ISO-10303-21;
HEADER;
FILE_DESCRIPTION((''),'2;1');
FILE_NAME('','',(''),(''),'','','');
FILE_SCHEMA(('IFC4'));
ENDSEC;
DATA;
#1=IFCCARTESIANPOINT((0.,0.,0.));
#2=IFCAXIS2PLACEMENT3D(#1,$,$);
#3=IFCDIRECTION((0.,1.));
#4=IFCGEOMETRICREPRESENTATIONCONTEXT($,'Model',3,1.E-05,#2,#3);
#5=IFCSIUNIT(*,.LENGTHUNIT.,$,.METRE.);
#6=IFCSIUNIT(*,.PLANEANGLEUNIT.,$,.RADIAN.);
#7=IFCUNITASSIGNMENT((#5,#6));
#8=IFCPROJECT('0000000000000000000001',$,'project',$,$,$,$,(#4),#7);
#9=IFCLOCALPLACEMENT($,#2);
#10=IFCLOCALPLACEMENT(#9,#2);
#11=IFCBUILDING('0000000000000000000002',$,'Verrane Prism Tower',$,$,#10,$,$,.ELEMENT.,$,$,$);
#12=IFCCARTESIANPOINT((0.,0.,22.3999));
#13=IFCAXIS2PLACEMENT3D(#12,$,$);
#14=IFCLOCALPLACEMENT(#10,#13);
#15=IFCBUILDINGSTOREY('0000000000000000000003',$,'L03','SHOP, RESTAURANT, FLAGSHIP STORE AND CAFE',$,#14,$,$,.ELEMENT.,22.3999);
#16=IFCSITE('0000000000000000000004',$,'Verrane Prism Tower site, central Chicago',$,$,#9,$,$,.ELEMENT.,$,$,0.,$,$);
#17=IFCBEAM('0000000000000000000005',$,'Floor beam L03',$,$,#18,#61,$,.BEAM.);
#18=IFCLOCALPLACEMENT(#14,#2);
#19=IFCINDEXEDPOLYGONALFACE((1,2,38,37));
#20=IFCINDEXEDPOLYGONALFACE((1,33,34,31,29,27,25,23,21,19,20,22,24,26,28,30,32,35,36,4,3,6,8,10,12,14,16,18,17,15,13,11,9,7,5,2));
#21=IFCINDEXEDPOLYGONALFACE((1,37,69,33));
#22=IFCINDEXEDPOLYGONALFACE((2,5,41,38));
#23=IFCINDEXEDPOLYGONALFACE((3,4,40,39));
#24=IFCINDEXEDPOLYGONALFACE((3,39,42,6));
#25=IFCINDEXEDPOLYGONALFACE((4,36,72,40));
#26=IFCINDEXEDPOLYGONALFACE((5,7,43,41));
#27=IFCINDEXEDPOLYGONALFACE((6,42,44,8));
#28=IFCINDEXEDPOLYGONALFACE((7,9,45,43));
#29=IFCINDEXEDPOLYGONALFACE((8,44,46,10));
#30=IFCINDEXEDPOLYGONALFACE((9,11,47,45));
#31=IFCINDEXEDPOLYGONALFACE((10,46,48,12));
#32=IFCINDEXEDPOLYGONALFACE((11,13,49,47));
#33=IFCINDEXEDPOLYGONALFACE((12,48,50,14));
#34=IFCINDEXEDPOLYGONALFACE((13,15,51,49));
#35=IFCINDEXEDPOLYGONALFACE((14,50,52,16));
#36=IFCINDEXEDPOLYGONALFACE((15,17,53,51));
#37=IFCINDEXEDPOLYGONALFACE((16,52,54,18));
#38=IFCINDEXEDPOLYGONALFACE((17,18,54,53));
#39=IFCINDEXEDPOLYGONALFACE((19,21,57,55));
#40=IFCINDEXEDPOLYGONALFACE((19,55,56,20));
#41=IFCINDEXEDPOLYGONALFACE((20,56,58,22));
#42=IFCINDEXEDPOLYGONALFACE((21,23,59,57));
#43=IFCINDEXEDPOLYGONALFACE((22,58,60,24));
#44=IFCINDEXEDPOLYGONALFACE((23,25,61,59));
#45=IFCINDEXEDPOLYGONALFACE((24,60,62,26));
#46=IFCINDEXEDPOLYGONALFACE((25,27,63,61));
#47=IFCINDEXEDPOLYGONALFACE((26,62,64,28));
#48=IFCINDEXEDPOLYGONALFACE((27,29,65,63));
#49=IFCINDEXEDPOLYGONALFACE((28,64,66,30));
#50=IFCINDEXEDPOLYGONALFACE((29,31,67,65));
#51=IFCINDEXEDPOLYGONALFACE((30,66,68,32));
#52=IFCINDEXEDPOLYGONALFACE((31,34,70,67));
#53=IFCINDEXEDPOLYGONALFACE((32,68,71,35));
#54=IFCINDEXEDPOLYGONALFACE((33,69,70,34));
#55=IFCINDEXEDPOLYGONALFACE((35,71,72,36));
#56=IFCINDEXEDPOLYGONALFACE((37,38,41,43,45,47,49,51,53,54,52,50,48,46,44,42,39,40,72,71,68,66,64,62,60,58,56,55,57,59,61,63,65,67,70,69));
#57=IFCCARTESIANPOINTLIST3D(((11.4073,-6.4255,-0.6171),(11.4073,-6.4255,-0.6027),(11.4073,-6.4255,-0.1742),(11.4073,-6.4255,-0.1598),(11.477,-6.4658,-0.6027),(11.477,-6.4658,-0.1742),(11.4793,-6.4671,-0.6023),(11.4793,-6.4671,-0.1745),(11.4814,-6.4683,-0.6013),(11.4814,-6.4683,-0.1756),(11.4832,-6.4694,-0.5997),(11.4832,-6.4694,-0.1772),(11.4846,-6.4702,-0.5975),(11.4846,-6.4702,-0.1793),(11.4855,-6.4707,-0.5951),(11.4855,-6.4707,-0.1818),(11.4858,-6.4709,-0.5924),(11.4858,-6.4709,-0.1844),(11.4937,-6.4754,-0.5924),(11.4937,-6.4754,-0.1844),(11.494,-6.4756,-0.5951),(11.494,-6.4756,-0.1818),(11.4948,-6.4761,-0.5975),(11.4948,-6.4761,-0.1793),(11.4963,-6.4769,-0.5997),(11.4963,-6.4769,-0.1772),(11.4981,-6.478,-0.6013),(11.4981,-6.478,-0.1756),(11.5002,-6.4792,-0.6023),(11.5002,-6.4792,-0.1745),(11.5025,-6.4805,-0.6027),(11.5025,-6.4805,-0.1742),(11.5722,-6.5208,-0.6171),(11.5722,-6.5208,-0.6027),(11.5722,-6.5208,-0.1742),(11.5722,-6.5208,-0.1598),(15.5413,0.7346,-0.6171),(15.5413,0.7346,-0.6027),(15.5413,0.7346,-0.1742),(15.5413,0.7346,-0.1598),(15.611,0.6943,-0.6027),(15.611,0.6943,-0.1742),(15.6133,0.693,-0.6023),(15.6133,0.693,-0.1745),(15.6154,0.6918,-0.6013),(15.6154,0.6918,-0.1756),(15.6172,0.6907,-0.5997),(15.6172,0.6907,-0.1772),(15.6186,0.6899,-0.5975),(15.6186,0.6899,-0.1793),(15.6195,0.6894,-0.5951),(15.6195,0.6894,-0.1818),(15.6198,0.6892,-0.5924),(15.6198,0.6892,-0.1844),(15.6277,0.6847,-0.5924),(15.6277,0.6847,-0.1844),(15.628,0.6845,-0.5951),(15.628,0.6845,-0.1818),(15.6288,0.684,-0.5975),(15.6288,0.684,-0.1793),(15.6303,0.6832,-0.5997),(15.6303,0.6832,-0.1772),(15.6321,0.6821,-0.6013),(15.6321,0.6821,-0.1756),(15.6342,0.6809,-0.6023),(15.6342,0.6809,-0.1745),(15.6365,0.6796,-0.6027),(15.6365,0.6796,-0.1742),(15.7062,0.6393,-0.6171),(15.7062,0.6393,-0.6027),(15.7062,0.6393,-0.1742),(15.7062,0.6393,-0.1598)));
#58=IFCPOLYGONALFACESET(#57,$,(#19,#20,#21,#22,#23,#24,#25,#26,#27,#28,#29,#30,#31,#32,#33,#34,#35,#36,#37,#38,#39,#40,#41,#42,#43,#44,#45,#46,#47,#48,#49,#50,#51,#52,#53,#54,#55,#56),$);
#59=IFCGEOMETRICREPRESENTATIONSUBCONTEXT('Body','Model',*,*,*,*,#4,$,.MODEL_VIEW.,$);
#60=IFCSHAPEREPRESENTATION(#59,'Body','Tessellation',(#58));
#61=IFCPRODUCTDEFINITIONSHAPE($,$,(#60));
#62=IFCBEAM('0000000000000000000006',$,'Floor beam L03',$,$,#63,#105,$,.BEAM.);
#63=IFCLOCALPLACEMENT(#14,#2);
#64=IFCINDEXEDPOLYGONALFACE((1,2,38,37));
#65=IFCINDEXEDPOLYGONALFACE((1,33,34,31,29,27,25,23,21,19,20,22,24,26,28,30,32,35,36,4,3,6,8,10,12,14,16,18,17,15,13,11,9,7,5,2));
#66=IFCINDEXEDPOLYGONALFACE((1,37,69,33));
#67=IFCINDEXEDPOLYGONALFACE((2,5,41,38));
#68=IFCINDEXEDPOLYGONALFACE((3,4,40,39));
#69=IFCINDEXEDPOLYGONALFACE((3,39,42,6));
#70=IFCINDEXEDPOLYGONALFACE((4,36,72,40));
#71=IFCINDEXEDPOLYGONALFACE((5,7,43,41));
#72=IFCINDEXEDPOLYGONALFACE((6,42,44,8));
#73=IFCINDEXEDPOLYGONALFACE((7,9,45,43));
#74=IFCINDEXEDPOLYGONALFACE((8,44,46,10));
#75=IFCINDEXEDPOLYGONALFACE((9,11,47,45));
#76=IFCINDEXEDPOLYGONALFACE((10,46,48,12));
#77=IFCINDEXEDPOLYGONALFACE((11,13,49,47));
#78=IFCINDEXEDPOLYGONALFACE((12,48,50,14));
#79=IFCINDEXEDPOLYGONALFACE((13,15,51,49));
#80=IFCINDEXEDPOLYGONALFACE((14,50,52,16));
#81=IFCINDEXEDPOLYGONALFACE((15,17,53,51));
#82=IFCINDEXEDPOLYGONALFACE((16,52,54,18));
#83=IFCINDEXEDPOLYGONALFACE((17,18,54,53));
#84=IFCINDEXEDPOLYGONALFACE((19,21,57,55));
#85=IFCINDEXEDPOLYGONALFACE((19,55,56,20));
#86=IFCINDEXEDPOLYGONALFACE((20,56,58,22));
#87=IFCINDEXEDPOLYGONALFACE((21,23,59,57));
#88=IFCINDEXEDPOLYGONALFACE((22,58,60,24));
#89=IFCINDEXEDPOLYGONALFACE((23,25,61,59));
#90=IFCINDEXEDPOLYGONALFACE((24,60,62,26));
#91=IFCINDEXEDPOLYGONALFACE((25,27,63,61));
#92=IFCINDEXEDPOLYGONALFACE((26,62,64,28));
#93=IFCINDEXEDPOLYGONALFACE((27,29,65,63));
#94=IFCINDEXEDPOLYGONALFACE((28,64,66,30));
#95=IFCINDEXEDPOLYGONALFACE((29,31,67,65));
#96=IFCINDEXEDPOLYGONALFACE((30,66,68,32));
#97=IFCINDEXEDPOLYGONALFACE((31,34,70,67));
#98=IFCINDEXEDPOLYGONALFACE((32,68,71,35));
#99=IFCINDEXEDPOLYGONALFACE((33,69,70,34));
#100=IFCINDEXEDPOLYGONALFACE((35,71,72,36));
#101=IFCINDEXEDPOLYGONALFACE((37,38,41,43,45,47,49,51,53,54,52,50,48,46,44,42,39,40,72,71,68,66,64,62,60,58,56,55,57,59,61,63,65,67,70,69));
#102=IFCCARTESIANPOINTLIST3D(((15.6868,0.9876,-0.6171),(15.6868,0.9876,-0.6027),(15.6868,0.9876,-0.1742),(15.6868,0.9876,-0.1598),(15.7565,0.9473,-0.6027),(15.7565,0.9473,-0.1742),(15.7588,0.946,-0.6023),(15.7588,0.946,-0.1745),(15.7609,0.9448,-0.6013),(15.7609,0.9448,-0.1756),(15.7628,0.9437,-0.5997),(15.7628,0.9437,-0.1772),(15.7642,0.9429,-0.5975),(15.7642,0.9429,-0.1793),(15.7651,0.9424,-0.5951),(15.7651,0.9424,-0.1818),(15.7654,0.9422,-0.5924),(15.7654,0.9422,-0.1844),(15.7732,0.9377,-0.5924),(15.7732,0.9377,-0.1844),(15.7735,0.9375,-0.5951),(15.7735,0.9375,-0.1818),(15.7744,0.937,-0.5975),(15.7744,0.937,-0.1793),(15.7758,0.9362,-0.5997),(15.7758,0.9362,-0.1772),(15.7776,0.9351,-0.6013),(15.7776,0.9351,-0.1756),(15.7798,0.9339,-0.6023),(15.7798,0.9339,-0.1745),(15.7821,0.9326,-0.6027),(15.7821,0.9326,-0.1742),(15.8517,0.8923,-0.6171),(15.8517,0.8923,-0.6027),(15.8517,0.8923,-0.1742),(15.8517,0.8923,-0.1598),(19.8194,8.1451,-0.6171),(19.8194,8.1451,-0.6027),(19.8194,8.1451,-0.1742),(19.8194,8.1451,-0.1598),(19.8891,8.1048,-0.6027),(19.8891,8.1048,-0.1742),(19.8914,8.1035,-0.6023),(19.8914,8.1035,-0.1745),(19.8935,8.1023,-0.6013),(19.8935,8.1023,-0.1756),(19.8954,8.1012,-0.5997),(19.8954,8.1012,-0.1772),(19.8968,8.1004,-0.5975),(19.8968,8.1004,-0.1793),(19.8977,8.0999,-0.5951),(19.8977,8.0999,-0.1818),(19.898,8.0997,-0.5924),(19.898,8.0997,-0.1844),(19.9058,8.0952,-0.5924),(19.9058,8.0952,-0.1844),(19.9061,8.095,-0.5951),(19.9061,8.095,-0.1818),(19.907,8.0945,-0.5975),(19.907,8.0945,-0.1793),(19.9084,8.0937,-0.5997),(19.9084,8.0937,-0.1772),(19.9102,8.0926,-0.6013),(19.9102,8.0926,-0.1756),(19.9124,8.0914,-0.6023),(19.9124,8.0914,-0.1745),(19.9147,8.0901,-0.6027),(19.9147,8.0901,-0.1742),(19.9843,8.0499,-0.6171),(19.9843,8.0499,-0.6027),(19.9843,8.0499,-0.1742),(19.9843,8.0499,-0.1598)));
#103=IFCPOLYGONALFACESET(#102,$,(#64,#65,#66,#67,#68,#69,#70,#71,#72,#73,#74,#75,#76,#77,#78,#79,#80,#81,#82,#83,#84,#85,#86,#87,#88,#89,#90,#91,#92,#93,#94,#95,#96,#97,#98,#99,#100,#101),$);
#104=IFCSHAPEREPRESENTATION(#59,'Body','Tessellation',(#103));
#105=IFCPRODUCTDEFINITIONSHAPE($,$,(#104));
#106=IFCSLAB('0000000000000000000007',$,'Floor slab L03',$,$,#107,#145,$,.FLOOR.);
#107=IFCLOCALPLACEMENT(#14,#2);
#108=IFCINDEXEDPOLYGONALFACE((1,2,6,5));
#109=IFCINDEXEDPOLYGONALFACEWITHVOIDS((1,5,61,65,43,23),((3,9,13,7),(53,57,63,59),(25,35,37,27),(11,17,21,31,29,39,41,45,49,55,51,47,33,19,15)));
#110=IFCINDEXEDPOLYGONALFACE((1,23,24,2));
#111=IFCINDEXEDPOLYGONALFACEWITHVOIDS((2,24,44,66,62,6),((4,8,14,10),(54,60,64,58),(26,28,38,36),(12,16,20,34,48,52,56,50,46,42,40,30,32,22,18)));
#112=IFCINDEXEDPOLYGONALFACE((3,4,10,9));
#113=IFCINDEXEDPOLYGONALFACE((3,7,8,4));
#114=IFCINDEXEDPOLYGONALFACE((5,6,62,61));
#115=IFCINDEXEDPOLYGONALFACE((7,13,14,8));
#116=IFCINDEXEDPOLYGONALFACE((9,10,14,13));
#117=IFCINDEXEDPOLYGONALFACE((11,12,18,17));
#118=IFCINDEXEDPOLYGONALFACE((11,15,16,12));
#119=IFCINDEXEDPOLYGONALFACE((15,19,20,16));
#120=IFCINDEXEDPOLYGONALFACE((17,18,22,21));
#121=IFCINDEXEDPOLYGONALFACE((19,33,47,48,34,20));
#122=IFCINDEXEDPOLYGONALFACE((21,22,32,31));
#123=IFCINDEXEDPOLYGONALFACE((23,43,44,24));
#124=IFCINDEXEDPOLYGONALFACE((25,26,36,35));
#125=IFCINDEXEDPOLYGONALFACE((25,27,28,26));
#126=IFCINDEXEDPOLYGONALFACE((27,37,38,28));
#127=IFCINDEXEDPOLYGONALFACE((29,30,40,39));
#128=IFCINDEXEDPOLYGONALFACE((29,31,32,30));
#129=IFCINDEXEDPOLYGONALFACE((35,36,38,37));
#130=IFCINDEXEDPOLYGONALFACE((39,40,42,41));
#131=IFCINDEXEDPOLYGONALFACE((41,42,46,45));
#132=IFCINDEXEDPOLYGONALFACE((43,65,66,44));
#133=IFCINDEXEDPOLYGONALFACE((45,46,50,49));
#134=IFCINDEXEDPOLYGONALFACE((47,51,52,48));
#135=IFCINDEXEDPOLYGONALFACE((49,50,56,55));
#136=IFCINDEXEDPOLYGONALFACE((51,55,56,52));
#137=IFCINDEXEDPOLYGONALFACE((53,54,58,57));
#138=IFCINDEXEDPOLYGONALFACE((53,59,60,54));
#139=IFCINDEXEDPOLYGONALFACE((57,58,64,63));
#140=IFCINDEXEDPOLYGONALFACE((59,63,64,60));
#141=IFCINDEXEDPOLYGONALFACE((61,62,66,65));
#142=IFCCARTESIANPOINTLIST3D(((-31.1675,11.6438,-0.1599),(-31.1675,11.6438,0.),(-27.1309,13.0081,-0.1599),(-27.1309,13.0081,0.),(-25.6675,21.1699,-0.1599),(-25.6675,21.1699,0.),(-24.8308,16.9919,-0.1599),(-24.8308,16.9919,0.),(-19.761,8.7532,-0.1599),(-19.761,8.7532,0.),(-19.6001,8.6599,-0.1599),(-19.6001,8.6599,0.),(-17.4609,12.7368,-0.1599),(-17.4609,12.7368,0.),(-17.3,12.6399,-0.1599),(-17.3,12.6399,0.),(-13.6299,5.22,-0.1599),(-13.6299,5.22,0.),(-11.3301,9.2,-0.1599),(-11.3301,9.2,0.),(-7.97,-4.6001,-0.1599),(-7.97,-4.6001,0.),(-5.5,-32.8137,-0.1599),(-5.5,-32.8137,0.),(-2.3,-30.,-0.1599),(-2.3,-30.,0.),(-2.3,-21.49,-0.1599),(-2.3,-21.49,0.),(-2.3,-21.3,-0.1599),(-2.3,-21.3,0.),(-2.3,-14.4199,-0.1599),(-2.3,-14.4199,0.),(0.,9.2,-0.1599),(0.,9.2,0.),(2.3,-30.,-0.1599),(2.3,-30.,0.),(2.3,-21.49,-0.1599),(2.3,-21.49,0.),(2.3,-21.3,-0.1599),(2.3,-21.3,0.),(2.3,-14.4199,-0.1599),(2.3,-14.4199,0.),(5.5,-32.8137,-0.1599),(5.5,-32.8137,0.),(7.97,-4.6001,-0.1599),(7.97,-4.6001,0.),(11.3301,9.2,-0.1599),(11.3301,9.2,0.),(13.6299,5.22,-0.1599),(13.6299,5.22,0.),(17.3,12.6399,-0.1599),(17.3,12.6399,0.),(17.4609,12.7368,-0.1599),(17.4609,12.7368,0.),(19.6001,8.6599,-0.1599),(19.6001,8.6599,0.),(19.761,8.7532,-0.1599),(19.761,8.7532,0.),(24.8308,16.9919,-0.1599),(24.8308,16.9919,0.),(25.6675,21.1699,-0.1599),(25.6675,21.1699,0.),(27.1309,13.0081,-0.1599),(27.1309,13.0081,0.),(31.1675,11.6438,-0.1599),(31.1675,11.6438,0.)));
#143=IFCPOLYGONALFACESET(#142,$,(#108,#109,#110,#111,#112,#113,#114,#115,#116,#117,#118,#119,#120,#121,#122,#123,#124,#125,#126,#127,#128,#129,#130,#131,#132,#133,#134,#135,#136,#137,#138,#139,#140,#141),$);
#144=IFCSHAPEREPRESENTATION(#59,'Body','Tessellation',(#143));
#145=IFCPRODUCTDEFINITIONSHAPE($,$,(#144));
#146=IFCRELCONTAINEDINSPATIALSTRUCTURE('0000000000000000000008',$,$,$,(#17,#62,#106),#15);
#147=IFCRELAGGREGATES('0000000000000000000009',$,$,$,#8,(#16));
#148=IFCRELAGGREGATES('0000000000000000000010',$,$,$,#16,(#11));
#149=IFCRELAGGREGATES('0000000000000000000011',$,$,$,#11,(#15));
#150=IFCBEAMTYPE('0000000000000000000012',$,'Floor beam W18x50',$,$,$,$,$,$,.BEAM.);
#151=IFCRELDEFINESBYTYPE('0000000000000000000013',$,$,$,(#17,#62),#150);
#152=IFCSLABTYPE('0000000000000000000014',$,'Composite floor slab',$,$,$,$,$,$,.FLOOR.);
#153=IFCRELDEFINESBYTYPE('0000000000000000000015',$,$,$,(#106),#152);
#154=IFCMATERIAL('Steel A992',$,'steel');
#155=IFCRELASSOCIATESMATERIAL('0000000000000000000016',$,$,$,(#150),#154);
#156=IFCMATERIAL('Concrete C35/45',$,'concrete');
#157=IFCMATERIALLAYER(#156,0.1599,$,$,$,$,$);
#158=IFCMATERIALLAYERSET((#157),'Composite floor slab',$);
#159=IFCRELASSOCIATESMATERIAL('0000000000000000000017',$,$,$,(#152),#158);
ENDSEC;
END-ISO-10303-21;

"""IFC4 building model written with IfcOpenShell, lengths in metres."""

from ifc_helpers import new_model, si_unit, direction, frame, origin, origin_2d, place, context, subcontext, project, spatial, polyline, i_section, outline, extrude, material, layer, layer_set, material_profile, profile_set, type_object, element, save


model = new_model("IFC4")

# Units and contexts
model_context = context("Model", 3, precision=1e-05, world=origin(), true_north=direction((0.0, 1.0)))
body_context = subcontext(model_context, "Body", "Model", "MODEL_VIEW")
ifc_project = project(units=[si_unit("LENGTHUNIT", "METRE"), si_unit("PLANEANGLEUNIT", "RADIAN")], contexts=[model_context])

# Site, building, storey
site_placement = place(None, origin())
site = spatial("IfcSite", under=ifc_project, at=site_placement, Name="Verrane Prism Tower site, central Chicago", CompositionType="ELEMENT", RefElevation=0.0)
building_placement = place(site_placement, origin())
building = spatial("IfcBuilding", under=site, at=building_placement, Name="Verrane Prism Tower", CompositionType="ELEMENT")
storey_placement = place(building_placement, frame((0.0, 0.0, 22.3999)))
storey = spatial("IfcBuildingStorey", under=building, at=storey_placement, Name="L03", Description="SHOP, RESTAURANT, FLAGSHIP STORE AND CAFE", CompositionType="ELEMENT", Elevation=22.3999)

# Beams
ifc_material_1 = material(Name="Steel A992", Category="steel")
ifc_material_profile_1 = material_profile(ifc_material_1, i_section(OverallWidth=0.1904, OverallDepth=0.4573, WebThickness=0.009, FlangeThickness=0.0144, FilletRadius=0.0103, at=origin_2d()), Name="W18x50")
ifc_profile_set_1 = profile_set([ifc_material_profile_1], Name="Steel A992")
beam_type_1 = type_object("IfcBeamType", Name="Floor beam W18x50", PredefinedType="BEAM", material=ifc_profile_set_1)
beam_1_placement = place(storey_placement, frame((11.4897, -6.4731, -0.3884), z_axis=(0.50001, 0.866019, 0.0), x_axis=(-0.866019, 0.50001, 0.0)))
element("IfcBeam", 1, at=beam_1_placement, inside=storey, type_object=beam_type_1, Name="Floor beam L03", PredefinedType="BEAM", context=body_context, shape_type="SweptSolid", body=[
    extrude(i_section(OverallWidth=0.1904, OverallDepth=0.4573, WebThickness=0.009, FlangeThickness=0.0144, FilletRadius=0.0103, at=origin_2d()), origin(), (0.0, 0.0, 1.0), 8.2678),
])
beam_2_placement = place(storey_placement, frame((15.7693, 0.9399, -0.3884), z_axis=(0.500018, 0.866015, 0.0), x_axis=(-0.866015, 0.500018, 0.0)))
element("IfcBeam", 2, at=beam_2_placement, inside=storey, type_object=beam_type_1, Name="Floor beam L03", PredefinedType="BEAM", context=body_context, shape_type="SweptSolid", body=[
    extrude(i_section(OverallWidth=0.1904, OverallDepth=0.4573, WebThickness=0.009, FlangeThickness=0.0144, FilletRadius=0.0103, at=origin_2d()), origin(), (0.0, 0.0, 1.0), 8.2649),
])

# Slab
ifc_material_2 = material(Name="Concrete C35/45", Category="concrete")
ifc_layer_1 = layer(ifc_material_2, 0.1599)
ifc_layer_set_1 = layer_set([ifc_layer_1], Name="Composite floor slab")
slab_type_1 = type_object("IfcSlabType", Name="Composite floor slab", PredefinedType="FLOOR", material=ifc_layer_set_1)
slab_1_placement = place(storey_placement, frame((0.0, 0.0, -0.1599)))
element("IfcSlab", 3, at=slab_1_placement, inside=storey, type_object=slab_type_1, Name="Floor slab L03", PredefinedType="FLOOR", context=body_context, shape_type="SweptSolid", body=[
    extrude(outline(polyline([(-25.6675, 21.1699), (25.6675, 21.1699), (31.1675, 11.6438), (5.5, -32.8137), (-5.5, -32.8137), (-31.1675, 11.6438), (-25.6675, 21.1699)]), holes=[polyline([(0.0, 9.2), (-11.3301, 9.2), (-17.3, 12.6399), (-19.6001, 8.6599), (-13.6299, 5.22), (-7.97, -4.6001), (-2.3, -14.4199), (-2.3, -21.3), (2.3, -21.3), (2.3, -14.4199), (7.97, -4.6001), (13.6299, 5.22), (19.6001, 8.6599), (17.3, 12.6399), (11.3301, 9.2), (0.0, 9.2)]), polyline([(17.4609, 12.7368), (19.761, 8.7532), (27.1309, 13.0081), (24.8308, 16.9919), (17.4609, 12.7368)]), polyline([(-27.1309, 13.0081), (-19.761, 8.7532), (-17.4609, 12.7368), (-24.8308, 16.9919), (-27.1309, 13.0081)]), polyline([(-2.3, -30.0), (2.3, -30.0), (2.3, -21.49), (-2.3, -21.49), (-2.3, -30.0)])]), origin(), (0.0, 0.0, 1.0), 0.1599),
])

save(model, "model.ifc")
